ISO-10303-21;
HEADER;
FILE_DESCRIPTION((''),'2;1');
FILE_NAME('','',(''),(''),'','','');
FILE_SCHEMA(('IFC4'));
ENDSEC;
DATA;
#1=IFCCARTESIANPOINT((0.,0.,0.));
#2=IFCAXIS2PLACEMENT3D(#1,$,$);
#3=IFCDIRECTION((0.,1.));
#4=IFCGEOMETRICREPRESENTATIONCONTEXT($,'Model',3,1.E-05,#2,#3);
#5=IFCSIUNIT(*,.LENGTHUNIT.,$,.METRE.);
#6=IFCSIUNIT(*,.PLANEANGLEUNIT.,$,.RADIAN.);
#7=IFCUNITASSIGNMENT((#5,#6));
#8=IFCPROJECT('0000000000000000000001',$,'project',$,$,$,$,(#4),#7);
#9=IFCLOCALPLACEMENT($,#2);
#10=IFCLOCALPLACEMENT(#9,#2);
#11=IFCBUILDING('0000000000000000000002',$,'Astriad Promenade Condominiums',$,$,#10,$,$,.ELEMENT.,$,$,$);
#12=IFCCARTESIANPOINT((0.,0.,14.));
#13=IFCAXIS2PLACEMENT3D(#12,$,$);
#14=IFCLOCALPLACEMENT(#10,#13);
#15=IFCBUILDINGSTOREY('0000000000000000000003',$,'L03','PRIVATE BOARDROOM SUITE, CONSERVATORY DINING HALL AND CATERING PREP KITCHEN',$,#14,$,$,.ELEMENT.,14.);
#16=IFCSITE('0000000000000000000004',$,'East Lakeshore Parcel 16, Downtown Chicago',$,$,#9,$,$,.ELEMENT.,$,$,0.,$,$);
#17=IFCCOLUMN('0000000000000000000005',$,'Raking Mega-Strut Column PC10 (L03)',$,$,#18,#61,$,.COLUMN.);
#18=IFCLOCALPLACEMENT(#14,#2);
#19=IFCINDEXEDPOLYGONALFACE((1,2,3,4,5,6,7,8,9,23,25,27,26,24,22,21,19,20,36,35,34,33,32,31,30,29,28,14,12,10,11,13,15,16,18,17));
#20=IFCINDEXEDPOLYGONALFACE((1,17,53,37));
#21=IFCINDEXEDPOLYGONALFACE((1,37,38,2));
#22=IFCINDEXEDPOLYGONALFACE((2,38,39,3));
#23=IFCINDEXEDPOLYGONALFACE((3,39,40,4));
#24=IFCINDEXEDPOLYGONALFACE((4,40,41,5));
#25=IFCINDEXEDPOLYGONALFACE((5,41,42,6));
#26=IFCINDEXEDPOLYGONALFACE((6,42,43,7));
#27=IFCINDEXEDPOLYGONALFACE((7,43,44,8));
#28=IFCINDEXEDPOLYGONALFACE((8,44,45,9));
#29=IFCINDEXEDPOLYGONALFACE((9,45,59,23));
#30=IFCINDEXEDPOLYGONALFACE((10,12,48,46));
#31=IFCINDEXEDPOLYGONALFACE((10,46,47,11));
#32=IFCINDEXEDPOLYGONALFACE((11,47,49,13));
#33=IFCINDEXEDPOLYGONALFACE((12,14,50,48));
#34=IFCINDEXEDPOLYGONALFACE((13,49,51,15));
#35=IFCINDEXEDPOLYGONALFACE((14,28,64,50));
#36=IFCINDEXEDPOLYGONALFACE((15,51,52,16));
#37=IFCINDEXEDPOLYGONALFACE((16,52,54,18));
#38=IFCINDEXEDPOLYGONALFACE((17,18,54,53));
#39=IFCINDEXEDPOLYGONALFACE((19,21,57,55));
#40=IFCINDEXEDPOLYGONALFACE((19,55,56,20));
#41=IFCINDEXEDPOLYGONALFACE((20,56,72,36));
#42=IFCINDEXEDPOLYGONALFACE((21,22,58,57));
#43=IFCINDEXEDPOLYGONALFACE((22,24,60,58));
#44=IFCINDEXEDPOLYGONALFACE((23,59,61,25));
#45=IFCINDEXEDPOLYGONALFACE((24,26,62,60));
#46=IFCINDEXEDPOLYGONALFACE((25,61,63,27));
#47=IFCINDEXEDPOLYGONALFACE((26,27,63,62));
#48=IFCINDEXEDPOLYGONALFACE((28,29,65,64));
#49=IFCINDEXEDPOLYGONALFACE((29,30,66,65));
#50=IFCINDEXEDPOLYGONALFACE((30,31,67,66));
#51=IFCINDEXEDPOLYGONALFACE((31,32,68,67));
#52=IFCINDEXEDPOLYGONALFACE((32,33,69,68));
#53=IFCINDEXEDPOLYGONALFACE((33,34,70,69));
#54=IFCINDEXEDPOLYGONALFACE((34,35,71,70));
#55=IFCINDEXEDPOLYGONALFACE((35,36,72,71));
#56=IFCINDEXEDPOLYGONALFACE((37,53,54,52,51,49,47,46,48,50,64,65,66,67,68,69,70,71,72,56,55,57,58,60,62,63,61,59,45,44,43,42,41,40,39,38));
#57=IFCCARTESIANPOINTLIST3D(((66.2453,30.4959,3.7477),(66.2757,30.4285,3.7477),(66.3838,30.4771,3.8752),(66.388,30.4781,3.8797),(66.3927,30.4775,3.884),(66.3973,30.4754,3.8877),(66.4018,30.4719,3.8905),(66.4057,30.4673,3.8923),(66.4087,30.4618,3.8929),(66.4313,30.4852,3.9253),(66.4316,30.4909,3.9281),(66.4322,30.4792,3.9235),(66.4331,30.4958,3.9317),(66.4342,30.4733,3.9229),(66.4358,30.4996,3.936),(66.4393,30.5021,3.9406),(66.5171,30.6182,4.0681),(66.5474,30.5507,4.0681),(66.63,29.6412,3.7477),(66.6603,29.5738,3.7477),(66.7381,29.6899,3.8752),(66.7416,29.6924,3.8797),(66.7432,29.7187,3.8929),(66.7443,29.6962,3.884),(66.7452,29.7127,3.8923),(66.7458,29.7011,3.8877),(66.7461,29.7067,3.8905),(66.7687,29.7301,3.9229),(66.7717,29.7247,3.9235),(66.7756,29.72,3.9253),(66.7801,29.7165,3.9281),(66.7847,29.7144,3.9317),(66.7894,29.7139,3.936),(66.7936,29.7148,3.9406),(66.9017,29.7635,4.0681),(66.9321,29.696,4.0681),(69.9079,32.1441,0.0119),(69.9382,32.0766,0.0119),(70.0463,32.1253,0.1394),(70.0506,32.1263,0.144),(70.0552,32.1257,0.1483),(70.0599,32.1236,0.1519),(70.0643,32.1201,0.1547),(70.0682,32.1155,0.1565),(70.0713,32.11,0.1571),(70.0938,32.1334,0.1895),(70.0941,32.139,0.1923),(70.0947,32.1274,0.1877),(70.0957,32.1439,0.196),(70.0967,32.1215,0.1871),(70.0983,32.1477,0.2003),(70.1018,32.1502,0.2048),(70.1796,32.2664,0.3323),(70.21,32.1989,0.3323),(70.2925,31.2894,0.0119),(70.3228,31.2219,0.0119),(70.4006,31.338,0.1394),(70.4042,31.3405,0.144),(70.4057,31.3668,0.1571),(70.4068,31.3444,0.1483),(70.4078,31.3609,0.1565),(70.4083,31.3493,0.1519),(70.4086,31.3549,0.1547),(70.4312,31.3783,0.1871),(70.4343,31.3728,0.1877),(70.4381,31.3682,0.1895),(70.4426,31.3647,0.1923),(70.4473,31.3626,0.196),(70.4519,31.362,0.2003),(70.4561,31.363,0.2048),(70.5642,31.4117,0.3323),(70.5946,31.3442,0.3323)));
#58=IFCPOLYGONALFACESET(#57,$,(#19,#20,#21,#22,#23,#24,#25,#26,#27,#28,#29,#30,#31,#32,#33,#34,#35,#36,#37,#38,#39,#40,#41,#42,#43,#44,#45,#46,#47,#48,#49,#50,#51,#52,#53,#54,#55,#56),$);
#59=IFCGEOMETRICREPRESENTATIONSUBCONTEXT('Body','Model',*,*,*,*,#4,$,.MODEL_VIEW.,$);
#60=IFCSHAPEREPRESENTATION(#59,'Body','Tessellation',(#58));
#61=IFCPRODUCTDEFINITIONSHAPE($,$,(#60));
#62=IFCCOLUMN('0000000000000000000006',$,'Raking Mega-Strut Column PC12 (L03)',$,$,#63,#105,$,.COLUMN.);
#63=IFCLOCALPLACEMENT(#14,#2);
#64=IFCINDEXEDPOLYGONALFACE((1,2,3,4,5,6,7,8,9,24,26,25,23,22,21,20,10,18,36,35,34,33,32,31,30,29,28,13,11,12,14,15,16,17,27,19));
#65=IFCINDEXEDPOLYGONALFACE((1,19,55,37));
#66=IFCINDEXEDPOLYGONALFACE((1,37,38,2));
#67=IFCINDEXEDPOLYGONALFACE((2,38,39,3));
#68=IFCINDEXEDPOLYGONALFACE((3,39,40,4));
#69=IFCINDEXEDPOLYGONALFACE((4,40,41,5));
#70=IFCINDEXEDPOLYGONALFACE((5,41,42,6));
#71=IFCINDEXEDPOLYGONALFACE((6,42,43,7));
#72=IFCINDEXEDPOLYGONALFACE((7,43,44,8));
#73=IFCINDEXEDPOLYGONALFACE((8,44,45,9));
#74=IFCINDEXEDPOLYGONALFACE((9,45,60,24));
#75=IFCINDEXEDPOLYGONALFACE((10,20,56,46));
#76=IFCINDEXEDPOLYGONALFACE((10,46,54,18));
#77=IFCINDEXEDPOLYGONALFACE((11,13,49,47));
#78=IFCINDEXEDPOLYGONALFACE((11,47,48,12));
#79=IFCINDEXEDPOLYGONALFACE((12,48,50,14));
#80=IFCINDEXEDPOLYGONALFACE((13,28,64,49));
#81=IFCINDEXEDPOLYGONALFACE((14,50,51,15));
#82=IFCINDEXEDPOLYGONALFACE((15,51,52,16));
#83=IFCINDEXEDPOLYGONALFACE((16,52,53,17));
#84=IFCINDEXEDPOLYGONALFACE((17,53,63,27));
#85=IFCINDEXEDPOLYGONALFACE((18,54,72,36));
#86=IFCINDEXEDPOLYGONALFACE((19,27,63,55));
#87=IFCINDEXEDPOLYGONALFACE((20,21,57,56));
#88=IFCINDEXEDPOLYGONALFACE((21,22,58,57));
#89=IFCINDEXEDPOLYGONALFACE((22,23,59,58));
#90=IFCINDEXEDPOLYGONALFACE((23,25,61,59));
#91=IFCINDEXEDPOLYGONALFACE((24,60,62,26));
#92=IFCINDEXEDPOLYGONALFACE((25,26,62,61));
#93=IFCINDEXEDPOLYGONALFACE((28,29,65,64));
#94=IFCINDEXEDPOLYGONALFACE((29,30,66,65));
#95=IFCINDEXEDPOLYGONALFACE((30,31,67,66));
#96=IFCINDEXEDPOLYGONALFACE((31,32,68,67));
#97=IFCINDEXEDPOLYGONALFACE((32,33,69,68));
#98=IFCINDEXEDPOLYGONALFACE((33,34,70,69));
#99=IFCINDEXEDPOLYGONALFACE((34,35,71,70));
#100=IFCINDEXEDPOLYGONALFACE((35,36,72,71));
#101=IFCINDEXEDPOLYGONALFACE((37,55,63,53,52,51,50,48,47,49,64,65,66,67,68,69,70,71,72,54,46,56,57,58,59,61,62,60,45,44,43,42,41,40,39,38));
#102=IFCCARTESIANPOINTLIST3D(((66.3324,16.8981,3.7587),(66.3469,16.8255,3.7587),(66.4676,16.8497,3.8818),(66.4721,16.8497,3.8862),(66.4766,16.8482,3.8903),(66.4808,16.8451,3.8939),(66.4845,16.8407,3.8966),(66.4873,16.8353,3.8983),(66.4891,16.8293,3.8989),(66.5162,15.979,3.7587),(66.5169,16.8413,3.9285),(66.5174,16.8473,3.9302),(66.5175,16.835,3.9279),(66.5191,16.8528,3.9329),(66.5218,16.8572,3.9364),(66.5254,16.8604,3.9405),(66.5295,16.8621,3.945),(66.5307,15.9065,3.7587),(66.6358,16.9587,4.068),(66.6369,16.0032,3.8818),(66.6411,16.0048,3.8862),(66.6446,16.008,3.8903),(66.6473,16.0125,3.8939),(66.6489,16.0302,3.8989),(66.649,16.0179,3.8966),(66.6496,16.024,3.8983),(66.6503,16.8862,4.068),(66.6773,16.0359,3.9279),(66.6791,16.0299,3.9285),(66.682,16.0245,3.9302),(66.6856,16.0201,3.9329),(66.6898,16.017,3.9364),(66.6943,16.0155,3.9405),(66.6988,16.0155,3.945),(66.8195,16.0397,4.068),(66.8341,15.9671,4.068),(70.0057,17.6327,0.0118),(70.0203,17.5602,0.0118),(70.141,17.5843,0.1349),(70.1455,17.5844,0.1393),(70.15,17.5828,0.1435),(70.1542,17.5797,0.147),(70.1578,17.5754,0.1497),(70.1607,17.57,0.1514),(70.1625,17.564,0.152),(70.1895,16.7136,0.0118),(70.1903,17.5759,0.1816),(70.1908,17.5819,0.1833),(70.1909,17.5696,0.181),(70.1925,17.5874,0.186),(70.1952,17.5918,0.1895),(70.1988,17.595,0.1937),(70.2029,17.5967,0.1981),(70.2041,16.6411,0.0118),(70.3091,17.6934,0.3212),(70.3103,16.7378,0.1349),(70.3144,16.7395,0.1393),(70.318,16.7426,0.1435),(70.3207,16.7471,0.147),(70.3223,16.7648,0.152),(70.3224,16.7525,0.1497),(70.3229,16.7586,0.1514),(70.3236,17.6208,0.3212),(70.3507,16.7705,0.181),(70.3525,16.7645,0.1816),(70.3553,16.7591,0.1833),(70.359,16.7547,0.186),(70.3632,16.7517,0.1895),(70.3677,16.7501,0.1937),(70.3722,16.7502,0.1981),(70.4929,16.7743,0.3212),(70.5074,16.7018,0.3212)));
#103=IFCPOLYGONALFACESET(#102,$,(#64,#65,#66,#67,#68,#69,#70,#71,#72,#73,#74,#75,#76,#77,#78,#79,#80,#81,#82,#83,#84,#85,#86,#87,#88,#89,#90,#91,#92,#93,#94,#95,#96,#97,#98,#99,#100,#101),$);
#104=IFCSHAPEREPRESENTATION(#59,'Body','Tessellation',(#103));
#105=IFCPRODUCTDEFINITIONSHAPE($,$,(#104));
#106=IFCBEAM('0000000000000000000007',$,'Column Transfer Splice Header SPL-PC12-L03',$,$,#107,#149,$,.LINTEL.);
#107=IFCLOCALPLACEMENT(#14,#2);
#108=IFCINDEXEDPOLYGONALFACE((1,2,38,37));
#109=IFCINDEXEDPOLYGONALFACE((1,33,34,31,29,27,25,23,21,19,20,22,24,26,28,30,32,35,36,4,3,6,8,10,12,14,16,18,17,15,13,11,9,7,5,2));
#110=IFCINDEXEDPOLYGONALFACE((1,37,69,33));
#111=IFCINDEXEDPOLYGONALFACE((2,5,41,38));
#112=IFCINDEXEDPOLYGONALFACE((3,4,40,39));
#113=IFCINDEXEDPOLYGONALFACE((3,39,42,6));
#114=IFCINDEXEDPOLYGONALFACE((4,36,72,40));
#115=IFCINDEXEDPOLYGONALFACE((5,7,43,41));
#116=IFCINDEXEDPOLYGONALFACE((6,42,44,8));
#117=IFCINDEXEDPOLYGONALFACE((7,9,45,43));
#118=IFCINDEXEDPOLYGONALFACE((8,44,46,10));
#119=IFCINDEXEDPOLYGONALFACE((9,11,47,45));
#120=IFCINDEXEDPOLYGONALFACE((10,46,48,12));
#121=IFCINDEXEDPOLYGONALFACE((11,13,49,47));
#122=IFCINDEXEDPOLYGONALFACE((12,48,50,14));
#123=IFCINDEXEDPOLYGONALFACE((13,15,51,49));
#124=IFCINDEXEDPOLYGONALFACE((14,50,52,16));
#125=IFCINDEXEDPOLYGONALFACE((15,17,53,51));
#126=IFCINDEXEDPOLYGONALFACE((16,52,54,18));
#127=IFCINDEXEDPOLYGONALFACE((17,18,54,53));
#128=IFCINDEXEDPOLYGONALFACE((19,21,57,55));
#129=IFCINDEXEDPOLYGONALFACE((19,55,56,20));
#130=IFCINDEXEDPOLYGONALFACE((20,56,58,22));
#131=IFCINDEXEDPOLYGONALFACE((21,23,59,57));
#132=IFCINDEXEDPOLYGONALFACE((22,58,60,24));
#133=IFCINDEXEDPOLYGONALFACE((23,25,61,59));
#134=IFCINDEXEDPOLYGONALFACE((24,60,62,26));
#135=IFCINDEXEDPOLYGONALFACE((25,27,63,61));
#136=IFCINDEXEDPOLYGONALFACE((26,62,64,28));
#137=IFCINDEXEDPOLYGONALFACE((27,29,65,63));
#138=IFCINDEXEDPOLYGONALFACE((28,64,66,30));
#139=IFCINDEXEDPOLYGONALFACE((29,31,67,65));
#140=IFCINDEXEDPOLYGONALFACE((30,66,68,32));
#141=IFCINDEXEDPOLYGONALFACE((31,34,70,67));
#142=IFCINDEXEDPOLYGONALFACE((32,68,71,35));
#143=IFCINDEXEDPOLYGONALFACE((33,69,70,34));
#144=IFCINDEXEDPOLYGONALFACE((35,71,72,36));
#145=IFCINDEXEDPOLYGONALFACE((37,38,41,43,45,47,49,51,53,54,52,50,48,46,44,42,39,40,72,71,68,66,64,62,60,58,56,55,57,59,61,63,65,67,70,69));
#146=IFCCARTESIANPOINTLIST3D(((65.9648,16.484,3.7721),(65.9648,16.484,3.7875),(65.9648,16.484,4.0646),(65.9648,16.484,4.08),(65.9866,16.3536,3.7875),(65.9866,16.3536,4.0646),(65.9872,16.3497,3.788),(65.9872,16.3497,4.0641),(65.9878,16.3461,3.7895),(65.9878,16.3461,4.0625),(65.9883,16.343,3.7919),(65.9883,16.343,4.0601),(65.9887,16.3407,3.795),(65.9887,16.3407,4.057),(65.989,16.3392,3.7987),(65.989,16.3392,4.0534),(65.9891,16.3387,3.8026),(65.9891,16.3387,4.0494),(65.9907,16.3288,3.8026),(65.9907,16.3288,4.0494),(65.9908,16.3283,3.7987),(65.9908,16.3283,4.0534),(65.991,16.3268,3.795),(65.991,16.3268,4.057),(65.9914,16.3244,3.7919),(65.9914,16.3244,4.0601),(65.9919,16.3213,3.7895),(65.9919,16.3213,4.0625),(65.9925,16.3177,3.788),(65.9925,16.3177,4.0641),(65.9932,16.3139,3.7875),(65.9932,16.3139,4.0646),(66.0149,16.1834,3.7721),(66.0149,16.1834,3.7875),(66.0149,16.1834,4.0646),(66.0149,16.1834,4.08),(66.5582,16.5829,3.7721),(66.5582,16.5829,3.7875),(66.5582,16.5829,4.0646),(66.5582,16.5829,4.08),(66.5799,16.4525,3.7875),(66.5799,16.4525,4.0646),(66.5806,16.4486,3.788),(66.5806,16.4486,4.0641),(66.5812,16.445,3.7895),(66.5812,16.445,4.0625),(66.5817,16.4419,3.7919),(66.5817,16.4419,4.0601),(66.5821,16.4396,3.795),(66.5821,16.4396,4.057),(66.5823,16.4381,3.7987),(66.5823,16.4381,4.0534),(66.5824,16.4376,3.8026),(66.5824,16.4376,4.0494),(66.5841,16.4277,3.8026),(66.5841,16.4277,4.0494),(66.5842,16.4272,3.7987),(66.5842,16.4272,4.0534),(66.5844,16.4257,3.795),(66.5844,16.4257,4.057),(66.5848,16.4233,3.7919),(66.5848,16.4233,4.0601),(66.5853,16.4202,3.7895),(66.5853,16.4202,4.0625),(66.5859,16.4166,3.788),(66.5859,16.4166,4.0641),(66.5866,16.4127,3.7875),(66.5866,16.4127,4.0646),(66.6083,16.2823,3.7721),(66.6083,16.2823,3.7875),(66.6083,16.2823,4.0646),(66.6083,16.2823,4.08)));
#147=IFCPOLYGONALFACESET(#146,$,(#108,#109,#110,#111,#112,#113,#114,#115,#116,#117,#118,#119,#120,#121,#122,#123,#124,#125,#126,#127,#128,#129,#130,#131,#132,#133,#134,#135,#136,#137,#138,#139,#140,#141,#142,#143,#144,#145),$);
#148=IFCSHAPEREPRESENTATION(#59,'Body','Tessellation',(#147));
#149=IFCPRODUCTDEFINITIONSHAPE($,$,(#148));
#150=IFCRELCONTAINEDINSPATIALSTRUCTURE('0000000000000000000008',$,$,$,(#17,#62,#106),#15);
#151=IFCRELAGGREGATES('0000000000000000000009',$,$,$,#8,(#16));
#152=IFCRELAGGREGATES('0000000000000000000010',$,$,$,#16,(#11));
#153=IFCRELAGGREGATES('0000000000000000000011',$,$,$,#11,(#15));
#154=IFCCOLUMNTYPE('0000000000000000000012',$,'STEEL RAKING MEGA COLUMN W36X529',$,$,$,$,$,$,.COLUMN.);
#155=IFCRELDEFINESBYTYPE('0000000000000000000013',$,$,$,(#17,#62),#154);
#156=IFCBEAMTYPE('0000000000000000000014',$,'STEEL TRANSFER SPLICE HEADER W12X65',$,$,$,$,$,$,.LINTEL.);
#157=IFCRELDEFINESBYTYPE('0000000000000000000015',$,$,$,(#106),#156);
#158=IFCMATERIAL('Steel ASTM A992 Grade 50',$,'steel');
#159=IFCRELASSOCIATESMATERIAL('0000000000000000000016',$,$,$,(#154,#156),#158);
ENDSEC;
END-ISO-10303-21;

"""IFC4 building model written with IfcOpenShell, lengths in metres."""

from ifc_helpers import new_model, si_unit, direction, frame, origin, origin_2d, place, context, subcontext, project, spatial, i_section, extrude, source, transform, mapped, material, material_profile, profile_set, type_object, type_shapes, element, save


model = new_model("IFC4")

# Units and contexts
model_context = context("Model", 3, precision=1e-05, world=origin(), true_north=direction((0.0, 1.0)))
body_context = subcontext(model_context, "Body", "Model", "MODEL_VIEW")
ifc_project = project(units=[si_unit("LENGTHUNIT", "METRE"), si_unit("PLANEANGLEUNIT", "RADIAN")], contexts=[model_context])

# Site, building, storey
site_placement = place(None, origin())
site = spatial("IfcSite", under=ifc_project, at=site_placement, Name="East Lakeshore Parcel 16, Downtown Chicago", CompositionType="ELEMENT", RefElevation=0.0)
building_placement = place(site_placement, origin())
building = spatial("IfcBuilding", under=site, at=building_placement, Name="Astriad Promenade Condominiums", CompositionType="ELEMENT")
storey_placement = place(building_placement, frame((0.0, 0.0, 14.0)))
storey = spatial("IfcBuildingStorey", under=building, at=storey_placement, Name="L03", Description="PRIVATE BOARDROOM SUITE, CONSERVATORY DINING HALL AND CATERING PREP KITCHEN", CompositionType="ELEMENT", Elevation=14.0)

# Columns
ifc_material_1 = material(Name="Steel ASTM A992 Grade 50", Category="steel")
ifc_material_profile_1 = material_profile(ifc_material_1, i_section(OverallWidth=0.4375, OverallDepth=1.0112, WebThickness=0.041, FlangeThickness=0.074, FilletRadius=0.0242, at=origin_2d()), Name="W36X529")
ifc_profile_set_1 = profile_set([ifc_material_profile_1], Name="Steel ASTM A992 Grade 50")
column_type = type_object("IfcColumnType", Name="STEEL RAKING MEGA COLUMN W36X529", PredefinedType="COLUMN", material=ifc_profile_set_1)
shared_shape_1 = source(origin(), body_context, "Body", "SweptSolid", [
    extrude(i_section(OverallWidth=0.4375, OverallDepth=1.0112, WebThickness=0.041, FlangeThickness=0.074, FilletRadius=0.0242, at=origin_2d()), origin(), (0.0, 0.0, 1.0), 5.4851),
])
column_1_placement = place(storey_placement, frame((70.2512, 31.7441, 0.1721), z_axis=(-0.667721, -0.300479, 0.681074), x_axis=(0.621084, 0.279492, 0.732215)))
element("IfcColumn", 1, at=column_1_placement, inside=storey, type_object=column_type, Name="Raking Mega-Strut Column PC10 (L03)", PredefinedType="COLUMN", context=body_context, shape_type="MappedRepresentation", body=[
    mapped(shared_shape_1, transform((0.0, 0.0, 0.0), scale=1.0)),
])
shared_shape_2 = source(origin(), body_context, "Body", "SweptSolid", [
    extrude(i_section(OverallWidth=0.4375, OverallDepth=1.0112, WebThickness=0.041, FlangeThickness=0.074, FilletRadius=0.0242, at=origin_2d()), origin(), (0.0, 0.0, 1.0), 5.2983),
])
type_shapes(column_type, [shared_shape_1, shared_shape_2])
column_2_placement = place(storey_placement, frame((70.2566, 17.1672, 0.1665), z_axis=(-0.693308, -0.138652, 0.707178), x_axis=(0.693446, 0.13868, 0.707036)))
element("IfcColumn", 2, at=column_2_placement, inside=storey, type_object=column_type, Name="Raking Mega-Strut Column PC12 (L03)", PredefinedType="COLUMN", context=body_context, shape_type="MappedRepresentation", body=[
    mapped(shared_shape_2, transform((0.0, 0.0, 0.0), scale=1.0)),
])

# Beam
ifc_material_profile_2 = material_profile(ifc_material_1, i_section(OverallWidth=0.3047, OverallDepth=0.3079, WebThickness=0.01, FlangeThickness=0.0154, FilletRadius=0.0151, at=origin_2d()), Name="W12X65")
ifc_profile_set_2 = profile_set([ifc_material_profile_2], Name="Steel ASTM A992 Grade 50")
beam_type_1 = type_object("IfcBeamType", Name="STEEL TRANSFER SPLICE HEADER W12X65", PredefinedType="LINTEL", material=ifc_profile_set_2)
shared_shape_3 = source(origin(), body_context, "Body", "SweptSolid", [
    extrude(i_section(OverallWidth=0.3047, OverallDepth=0.3079, WebThickness=0.01, FlangeThickness=0.0154, FilletRadius=0.0151, at=origin_2d()), origin(), (0.0, 0.0, 1.0), 0.6016),
])
beam_1_placement = place(storey_placement, frame((66.5833, 16.4326, 3.926), z_axis=(-0.986394, -0.164399, 0.0), x_axis=(0.164399, -0.986394, 0.0)))
element("IfcBeam", 3, at=beam_1_placement, inside=storey, type_object=beam_type_1, Name="Column Transfer Splice Header SPL-PC12-L03", PredefinedType="LINTEL", context=body_context, shape_type="MappedRepresentation", body=[
    mapped(shared_shape_3, transform((0.0, 0.0, 0.0), scale=1.0)),
])

save(model, "model.ifc")
